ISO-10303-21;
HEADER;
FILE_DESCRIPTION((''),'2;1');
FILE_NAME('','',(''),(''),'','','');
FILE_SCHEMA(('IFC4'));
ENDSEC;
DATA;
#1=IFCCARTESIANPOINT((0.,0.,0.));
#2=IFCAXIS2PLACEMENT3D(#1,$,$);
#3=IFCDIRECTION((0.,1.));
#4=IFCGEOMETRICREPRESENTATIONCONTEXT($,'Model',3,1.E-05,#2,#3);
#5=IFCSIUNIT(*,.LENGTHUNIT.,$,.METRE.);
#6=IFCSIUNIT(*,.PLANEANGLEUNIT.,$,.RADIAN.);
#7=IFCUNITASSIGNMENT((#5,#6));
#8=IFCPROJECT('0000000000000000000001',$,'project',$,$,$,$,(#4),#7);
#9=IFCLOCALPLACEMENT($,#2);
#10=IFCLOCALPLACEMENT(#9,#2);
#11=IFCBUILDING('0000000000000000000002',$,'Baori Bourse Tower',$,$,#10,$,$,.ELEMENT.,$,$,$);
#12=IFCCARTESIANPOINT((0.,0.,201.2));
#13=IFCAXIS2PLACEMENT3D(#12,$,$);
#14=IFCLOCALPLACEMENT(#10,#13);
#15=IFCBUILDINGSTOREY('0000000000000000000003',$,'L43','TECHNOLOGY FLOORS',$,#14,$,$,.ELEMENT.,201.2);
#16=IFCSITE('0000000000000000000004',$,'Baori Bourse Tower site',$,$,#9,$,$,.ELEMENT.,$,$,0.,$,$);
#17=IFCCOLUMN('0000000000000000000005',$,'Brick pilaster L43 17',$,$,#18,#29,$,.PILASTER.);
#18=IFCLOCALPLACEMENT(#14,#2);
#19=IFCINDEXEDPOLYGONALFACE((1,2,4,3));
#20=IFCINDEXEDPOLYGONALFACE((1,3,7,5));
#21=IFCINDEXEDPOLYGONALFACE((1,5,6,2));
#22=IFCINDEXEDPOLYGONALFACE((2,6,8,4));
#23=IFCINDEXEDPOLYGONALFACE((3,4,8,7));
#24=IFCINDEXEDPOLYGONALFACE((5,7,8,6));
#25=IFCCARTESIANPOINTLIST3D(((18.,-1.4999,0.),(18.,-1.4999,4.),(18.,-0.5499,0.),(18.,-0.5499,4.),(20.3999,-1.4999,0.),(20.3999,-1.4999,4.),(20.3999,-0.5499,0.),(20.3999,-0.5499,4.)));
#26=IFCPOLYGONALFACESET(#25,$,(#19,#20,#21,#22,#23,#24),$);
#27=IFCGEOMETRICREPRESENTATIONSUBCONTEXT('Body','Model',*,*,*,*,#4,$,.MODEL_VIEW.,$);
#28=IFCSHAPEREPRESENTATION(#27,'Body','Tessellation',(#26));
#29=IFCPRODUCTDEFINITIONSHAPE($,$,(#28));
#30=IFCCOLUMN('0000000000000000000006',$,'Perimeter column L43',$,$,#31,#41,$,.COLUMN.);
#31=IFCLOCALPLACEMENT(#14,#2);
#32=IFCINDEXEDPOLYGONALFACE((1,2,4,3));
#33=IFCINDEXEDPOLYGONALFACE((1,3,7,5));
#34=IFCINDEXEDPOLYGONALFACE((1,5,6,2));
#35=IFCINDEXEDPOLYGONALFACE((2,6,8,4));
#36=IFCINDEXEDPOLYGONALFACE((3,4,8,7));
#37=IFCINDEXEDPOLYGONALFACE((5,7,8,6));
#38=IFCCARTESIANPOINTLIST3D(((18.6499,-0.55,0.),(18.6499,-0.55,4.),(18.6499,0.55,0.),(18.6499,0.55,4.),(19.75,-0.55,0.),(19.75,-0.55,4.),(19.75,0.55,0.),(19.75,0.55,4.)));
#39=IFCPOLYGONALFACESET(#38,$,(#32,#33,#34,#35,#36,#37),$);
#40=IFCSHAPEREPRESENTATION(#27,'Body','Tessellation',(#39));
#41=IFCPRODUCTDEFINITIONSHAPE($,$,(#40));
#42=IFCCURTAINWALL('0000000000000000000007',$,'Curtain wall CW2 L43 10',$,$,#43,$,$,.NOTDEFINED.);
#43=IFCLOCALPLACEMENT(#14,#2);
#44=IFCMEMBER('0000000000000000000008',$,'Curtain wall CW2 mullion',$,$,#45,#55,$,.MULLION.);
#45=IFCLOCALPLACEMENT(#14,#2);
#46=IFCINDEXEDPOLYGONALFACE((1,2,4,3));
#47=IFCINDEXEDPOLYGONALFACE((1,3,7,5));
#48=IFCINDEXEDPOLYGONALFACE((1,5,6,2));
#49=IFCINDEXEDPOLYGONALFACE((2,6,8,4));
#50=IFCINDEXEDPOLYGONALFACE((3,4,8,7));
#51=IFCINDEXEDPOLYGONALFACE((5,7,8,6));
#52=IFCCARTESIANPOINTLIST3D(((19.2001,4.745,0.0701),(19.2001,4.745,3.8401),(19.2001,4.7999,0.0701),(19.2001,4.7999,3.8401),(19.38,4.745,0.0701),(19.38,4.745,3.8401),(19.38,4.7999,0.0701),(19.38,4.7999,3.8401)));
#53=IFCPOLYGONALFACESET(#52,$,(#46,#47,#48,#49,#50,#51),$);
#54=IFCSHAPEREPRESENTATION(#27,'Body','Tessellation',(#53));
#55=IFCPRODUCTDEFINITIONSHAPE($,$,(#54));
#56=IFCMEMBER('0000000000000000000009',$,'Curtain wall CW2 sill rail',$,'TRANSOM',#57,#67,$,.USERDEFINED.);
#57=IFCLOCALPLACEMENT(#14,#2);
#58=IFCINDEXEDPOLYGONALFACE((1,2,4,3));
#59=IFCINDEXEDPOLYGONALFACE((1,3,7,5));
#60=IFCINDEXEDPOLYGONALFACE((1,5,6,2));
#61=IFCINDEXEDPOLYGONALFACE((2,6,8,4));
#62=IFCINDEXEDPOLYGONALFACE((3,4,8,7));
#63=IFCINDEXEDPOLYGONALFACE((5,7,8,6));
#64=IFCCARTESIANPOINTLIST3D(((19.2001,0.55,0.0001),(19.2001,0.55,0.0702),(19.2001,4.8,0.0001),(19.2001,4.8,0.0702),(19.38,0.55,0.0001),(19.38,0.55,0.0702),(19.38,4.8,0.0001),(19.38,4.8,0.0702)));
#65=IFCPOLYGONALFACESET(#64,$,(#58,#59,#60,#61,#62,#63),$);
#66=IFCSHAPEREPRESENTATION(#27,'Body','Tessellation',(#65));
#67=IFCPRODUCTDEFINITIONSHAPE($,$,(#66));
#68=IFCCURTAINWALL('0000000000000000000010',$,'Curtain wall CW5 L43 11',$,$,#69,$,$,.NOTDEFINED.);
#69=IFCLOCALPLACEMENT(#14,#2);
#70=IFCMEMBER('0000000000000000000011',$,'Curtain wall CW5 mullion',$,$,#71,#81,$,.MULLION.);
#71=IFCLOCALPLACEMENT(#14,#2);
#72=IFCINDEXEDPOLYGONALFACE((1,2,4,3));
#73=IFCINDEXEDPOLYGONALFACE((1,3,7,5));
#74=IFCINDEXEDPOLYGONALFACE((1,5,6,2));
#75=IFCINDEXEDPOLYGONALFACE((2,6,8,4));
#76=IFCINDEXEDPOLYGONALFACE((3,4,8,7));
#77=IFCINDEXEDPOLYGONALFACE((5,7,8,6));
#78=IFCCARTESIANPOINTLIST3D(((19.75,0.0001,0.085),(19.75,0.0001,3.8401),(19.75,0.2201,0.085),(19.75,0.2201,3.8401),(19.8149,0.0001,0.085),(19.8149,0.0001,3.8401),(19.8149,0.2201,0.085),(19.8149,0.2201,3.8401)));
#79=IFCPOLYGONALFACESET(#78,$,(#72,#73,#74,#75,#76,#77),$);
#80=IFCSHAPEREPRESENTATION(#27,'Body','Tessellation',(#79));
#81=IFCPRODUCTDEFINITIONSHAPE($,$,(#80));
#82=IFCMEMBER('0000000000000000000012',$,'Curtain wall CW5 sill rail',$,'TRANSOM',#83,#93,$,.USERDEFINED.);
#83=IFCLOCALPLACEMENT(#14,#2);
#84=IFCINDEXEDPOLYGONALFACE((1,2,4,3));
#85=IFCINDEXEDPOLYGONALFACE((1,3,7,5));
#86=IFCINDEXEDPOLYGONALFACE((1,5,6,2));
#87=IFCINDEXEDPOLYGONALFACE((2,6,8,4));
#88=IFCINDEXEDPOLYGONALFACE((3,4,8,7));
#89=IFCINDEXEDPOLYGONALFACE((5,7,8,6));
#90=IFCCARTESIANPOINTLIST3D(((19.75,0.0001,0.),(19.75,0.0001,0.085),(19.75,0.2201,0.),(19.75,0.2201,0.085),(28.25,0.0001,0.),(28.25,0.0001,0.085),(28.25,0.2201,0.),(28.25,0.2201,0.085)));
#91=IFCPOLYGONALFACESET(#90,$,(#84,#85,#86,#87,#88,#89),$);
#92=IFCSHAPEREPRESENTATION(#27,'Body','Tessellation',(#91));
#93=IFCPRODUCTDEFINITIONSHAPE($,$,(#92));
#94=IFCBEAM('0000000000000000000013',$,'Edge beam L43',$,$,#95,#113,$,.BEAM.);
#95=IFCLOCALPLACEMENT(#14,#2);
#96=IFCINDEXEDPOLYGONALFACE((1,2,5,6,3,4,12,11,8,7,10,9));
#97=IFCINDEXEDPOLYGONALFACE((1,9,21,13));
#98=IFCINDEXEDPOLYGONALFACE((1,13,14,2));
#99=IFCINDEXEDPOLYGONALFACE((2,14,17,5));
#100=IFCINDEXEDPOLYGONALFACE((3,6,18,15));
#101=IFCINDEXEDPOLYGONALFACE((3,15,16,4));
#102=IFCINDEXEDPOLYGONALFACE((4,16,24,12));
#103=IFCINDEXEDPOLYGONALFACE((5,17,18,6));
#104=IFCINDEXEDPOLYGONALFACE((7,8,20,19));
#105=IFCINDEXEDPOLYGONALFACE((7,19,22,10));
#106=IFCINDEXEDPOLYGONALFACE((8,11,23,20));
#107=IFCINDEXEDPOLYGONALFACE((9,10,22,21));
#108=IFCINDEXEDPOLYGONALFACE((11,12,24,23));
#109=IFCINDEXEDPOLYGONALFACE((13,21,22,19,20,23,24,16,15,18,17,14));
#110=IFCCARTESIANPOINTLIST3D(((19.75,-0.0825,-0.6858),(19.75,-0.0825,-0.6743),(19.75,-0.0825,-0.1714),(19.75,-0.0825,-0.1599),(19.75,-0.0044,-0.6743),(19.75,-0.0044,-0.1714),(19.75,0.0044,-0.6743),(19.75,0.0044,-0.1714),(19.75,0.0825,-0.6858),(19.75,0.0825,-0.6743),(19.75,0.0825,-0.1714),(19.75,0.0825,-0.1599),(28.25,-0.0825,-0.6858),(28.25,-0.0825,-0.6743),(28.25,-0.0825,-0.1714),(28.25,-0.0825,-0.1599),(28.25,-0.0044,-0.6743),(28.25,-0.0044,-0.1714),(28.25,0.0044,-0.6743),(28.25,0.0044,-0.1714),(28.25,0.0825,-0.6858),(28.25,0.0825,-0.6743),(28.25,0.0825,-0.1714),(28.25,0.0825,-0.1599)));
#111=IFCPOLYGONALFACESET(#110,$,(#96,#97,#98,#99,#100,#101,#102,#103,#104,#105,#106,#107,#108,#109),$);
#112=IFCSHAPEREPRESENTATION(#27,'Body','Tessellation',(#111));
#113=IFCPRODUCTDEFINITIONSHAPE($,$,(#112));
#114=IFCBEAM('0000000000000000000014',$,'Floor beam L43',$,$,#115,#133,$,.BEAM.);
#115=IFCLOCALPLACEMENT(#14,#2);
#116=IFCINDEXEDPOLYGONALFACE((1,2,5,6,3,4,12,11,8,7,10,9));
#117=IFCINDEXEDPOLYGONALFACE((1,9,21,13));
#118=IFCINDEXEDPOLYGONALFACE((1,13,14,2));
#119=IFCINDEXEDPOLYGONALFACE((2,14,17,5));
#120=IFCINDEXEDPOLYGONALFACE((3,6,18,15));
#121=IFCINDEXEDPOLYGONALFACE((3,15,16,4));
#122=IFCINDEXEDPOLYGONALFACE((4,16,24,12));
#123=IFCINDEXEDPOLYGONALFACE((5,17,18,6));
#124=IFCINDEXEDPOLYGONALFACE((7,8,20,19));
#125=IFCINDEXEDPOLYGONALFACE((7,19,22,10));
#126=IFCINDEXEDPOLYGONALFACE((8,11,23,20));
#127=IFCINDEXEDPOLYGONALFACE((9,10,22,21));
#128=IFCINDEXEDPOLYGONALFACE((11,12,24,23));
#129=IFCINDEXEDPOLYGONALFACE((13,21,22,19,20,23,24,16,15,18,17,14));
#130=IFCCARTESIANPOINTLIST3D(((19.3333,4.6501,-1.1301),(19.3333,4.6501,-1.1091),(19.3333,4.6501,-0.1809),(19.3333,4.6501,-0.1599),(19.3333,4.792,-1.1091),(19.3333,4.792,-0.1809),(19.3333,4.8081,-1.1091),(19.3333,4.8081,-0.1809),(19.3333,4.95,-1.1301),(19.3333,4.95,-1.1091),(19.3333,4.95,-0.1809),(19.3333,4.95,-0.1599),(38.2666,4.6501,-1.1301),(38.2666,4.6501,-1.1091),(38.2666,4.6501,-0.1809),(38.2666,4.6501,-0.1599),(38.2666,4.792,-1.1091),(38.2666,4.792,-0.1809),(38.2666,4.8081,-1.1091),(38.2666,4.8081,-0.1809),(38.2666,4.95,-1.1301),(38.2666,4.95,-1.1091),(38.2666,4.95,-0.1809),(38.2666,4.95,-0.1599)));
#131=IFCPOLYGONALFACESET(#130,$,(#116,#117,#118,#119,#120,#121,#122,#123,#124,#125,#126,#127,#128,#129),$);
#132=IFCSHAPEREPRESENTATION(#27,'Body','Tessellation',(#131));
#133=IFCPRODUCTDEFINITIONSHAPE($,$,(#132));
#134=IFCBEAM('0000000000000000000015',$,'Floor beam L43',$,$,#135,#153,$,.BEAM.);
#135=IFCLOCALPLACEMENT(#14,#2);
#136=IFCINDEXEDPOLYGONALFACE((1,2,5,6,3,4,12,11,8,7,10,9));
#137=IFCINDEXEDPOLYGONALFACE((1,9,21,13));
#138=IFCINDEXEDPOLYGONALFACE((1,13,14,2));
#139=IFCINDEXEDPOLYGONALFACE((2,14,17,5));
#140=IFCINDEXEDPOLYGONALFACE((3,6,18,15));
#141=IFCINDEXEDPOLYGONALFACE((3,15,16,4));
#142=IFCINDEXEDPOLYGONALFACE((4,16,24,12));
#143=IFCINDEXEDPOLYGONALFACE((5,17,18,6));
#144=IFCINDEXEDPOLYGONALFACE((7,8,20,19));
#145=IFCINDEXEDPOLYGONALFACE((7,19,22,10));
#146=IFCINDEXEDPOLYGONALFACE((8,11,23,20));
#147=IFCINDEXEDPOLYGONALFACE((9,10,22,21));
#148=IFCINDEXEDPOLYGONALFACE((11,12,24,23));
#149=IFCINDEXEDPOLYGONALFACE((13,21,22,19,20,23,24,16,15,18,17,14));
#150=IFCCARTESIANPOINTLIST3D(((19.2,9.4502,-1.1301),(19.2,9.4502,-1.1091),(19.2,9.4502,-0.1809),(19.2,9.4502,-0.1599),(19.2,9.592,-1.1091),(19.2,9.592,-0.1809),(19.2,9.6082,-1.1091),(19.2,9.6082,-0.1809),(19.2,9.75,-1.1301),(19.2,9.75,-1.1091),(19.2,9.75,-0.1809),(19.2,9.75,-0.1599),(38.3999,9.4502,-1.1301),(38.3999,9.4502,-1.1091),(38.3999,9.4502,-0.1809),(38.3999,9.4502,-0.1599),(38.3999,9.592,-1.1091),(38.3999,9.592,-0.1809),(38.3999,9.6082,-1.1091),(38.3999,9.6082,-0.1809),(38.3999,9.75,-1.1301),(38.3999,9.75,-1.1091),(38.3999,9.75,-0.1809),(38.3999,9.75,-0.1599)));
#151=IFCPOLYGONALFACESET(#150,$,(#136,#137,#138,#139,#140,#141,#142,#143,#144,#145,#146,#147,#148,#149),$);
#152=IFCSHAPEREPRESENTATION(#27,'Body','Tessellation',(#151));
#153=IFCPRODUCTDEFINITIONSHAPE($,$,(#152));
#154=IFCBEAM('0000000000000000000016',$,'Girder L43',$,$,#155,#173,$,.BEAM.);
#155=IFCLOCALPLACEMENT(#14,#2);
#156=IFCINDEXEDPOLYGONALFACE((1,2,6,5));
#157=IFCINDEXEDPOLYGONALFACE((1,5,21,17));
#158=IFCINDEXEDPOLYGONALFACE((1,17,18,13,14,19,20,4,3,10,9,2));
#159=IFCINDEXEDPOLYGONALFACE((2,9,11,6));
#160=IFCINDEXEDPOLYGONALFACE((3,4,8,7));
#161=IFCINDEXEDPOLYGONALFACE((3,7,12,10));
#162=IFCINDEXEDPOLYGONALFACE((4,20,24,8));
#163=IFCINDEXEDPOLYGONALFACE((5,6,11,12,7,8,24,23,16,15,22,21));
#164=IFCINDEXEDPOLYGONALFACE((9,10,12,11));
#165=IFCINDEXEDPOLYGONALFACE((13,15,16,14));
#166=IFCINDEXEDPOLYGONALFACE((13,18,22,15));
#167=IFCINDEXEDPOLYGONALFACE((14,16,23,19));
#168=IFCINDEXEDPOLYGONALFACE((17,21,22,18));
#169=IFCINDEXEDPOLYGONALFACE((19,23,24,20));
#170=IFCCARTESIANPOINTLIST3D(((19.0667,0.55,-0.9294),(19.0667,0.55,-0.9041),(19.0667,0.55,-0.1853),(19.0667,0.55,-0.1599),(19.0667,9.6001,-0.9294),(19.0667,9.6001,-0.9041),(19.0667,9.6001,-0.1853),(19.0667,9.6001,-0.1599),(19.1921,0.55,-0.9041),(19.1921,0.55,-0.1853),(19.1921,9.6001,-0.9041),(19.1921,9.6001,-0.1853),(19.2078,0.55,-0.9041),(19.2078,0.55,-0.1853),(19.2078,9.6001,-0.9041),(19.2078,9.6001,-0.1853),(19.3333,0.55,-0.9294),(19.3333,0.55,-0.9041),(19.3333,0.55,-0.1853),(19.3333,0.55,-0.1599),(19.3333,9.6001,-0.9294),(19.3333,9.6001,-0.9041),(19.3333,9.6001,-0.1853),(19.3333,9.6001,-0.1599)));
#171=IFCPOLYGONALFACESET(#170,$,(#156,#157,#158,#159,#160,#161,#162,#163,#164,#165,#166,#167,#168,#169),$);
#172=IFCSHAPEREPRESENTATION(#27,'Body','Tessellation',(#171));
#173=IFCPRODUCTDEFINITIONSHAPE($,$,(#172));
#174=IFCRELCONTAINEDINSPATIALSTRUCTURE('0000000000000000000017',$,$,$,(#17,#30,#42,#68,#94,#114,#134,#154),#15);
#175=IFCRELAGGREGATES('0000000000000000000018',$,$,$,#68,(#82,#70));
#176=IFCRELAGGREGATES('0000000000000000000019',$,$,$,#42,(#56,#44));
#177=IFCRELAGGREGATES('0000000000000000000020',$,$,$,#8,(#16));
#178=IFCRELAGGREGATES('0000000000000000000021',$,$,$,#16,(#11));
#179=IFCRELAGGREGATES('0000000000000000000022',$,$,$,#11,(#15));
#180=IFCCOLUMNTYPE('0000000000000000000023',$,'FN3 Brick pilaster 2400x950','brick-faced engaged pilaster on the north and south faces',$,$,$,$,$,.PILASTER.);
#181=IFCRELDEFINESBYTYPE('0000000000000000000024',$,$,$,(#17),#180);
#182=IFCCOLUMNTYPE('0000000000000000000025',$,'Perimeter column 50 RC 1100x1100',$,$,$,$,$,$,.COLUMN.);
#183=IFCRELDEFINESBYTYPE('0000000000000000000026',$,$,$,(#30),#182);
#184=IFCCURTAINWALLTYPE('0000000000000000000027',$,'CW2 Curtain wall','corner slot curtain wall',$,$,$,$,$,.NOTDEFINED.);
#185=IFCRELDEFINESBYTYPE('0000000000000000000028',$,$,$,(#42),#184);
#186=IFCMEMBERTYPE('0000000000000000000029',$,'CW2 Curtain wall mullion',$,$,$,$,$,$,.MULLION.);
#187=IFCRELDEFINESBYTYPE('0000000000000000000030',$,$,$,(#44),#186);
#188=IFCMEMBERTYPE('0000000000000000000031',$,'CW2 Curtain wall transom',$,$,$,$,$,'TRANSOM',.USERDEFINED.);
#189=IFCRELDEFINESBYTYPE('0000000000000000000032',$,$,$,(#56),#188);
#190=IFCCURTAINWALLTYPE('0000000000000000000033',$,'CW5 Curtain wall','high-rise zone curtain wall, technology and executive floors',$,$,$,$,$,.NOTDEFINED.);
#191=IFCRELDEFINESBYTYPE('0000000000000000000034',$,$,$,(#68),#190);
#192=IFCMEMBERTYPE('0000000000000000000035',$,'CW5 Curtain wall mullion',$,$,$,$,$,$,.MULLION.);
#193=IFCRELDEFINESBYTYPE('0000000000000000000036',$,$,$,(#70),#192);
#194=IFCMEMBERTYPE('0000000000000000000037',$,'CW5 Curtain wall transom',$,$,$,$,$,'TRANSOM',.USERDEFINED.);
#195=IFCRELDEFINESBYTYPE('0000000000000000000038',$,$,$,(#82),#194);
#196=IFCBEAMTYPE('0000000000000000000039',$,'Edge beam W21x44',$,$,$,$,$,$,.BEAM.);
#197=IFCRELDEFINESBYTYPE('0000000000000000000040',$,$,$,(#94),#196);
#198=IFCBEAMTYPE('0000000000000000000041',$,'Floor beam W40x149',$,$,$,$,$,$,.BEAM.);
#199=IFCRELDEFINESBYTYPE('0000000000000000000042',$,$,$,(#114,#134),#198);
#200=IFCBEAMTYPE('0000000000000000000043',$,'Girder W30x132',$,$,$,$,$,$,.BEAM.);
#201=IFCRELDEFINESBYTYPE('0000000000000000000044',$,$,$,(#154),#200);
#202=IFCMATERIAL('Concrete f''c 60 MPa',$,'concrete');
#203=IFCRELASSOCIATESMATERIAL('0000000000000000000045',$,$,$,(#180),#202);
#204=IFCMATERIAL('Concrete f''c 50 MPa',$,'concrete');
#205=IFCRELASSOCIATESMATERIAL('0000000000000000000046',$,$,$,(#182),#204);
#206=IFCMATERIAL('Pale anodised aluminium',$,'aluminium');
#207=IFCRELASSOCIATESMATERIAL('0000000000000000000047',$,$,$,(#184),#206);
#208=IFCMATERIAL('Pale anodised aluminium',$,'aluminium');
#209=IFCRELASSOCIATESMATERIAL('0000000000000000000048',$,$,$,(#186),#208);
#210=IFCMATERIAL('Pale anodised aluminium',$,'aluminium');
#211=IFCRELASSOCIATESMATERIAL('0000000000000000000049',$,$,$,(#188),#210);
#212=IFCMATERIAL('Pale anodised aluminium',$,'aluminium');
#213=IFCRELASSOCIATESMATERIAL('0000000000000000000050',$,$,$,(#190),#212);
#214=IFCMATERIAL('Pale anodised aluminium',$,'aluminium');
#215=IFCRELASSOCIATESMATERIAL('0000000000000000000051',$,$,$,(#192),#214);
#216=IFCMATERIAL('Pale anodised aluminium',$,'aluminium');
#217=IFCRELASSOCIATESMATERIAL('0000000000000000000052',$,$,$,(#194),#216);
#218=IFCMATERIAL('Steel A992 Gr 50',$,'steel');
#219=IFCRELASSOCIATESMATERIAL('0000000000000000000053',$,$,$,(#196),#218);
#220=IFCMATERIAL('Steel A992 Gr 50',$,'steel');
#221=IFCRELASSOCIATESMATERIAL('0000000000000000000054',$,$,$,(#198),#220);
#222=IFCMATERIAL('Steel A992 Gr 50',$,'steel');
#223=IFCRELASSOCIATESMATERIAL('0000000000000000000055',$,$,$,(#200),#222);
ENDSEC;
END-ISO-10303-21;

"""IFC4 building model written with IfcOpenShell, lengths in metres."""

from ifc_helpers import new_model, si_unit, direction, frame, origin, origin_2d, place, context, subcontext, project, spatial, rectangle, i_section, extrude, material, material_profile, profile_set, type_object, element, aggregate, save


model = new_model("IFC4")

# Units and contexts
model_context = context("Model", 3, precision=1e-05, world=origin(), true_north=direction((0.0, 1.0)))
body_context = subcontext(model_context, "Body", "Model", "MODEL_VIEW")
ifc_project = project(units=[si_unit("LENGTHUNIT", "METRE"), si_unit("PLANEANGLEUNIT", "RADIAN")], contexts=[model_context])

# Site, building, storey
site_placement = place(None, origin())
site = spatial("IfcSite", under=ifc_project, at=site_placement, Name="Baori Bourse Tower site", CompositionType="ELEMENT", RefElevation=0.0)
building_placement = place(site_placement, origin())
building = spatial("IfcBuilding", under=site, at=building_placement, Name="Baori Bourse Tower", CompositionType="ELEMENT")
storey_placement = place(building_placement, frame((0.0, 0.0, 201.2)))
storey = spatial("IfcBuildingStorey", under=building, at=storey_placement, Name="L43", Description="TECHNOLOGY FLOORS", CompositionType="ELEMENT", Elevation=201.2)

# Columns
ifc_material_1 = material(Name="Concrete f'c 60 MPa", Category="concrete")
ifc_material_profile_1 = material_profile(ifc_material_1, rectangle(XDim=2.3999, YDim=0.95, at=origin_2d()), Name="RC 2400x950")
ifc_profile_set_1 = profile_set([ifc_material_profile_1], Name="Concrete f'c 60 MPa")
column_type_1 = type_object("IfcColumnType", Name="FN3 Brick pilaster 2400x950", Description="brick-faced engaged pilaster on the north and south faces", PredefinedType="PILASTER", material=ifc_profile_set_1)
column_1_placement = place(storey_placement, frame((19.2, -1.0249, 0.0), z_axis=(0.0, 0.0, 1.0), x_axis=(1.0, 0.0, 0.0)))
element("IfcColumn", 1, at=column_1_placement, inside=storey, type_object=column_type_1, Name="Brick pilaster L43 17", PredefinedType="PILASTER", context=body_context, shape_type="SweptSolid", body=[
    extrude(rectangle(XDim=2.3999, YDim=0.95, at=origin_2d()), origin(), (0.0, 0.0, 1.0), 4.0),
])
ifc_material_2 = material(Name="Concrete f'c 50 MPa", Category="concrete")
ifc_material_profile_2 = material_profile(ifc_material_2, rectangle(XDim=1.1001, YDim=1.1001, at=origin_2d()), Name="RC 1100x1100")
ifc_profile_set_2 = profile_set([ifc_material_profile_2], Name="Concrete f'c 50 MPa")
column_type_2 = type_object("IfcColumnType", Name="Perimeter column 50 RC 1100x1100", PredefinedType="COLUMN", material=ifc_profile_set_2)
column_2_placement = place(storey_placement, frame((19.2, 0.0, 0.0), z_axis=(0.0, 0.0, 1.0), x_axis=(1.0, 0.0, 0.0)))
element("IfcColumn", 2, at=column_2_placement, inside=storey, type_object=column_type_2, Name="Perimeter column L43", PredefinedType="COLUMN", context=body_context, shape_type="SweptSolid", body=[
    extrude(rectangle(XDim=1.1001, YDim=1.1001, at=origin_2d()), origin(), (0.0, 0.0, 1.0), 4.0),
])

# Curtain walls, members
ifc_material_3 = material(Name="Pale anodised aluminium", Category="aluminium")
curtain_wall_type_1 = type_object("IfcCurtainWallType", Name="CW2 Curtain wall", Description="corner slot curtain wall", PredefinedType="NOTDEFINED", material=ifc_material_3)
curtain_wall_1_placement = place(storey_placement, origin())
curtain_wall_1 = element("IfcCurtainWall", 3, at=curtain_wall_1_placement, inside=storey, type_object=curtain_wall_type_1, Name="Curtain wall CW2 L43 10", PredefinedType="NOTDEFINED")
ifc_material_4 = material(Name="Pale anodised aluminium", Category="aluminium")
ifc_material_profile_3 = material_profile(ifc_material_4, rectangle(XDim=0.1799, YDim=0.0549, at=origin_2d()), Name="Mullion 55x180")
ifc_profile_set_3 = profile_set([ifc_material_profile_3], Name="Pale anodised aluminium")
member_type_1 = type_object("IfcMemberType", Name="CW2 Curtain wall mullion", PredefinedType="MULLION", material=ifc_profile_set_3)
member_1_placement = place(storey_placement, frame((19.29, 4.7725, 0.0701), z_axis=(0.0, 0.0, 1.0), x_axis=(1.0, 0.0, 0.0)))
member_1 = element("IfcMember", 4, at=member_1_placement, type_object=member_type_1, Name="Curtain wall CW2 mullion", PredefinedType="MULLION", context=body_context, shape_type="SweptSolid", body=[
    extrude(rectangle(XDim=0.1799, YDim=0.0549, at=origin_2d()), origin(), (0.0, 0.0, 1.0), 3.77),
])
ifc_material_5 = material(Name="Pale anodised aluminium", Category="aluminium")
ifc_material_profile_4 = material_profile(ifc_material_5, rectangle(XDim=0.1799, YDim=0.0701, at=origin_2d()), Name="Transom 70x180")
ifc_profile_set_4 = profile_set([ifc_material_profile_4], Name="Pale anodised aluminium")
member_type_2 = type_object("IfcMemberType", Name="CW2 Curtain wall transom", ElementType="TRANSOM", PredefinedType="USERDEFINED", material=ifc_profile_set_4)
member_2_placement = place(storey_placement, frame((19.29, 4.8, 0.0352), z_axis=(0.0, -1.0, 0.0), x_axis=(1.0, 0.0, 0.0)))
member_2 = element("IfcMember", 5, at=member_2_placement, type_object=member_type_2, Name="Curtain wall CW2 sill rail", ObjectType="TRANSOM", PredefinedType="USERDEFINED", context=body_context, shape_type="SweptSolid", body=[
    extrude(rectangle(XDim=0.1799, YDim=0.0701, at=origin_2d()), origin(), (0.0, 0.0, 1.0), 4.25),
])
ifc_material_6 = material(Name="Pale anodised aluminium", Category="aluminium")
curtain_wall_type_2 = type_object("IfcCurtainWallType", Name="CW5 Curtain wall", Description="high-rise zone curtain wall, technology and executive floors", PredefinedType="NOTDEFINED", material=ifc_material_6)
curtain_wall_2_placement = place(storey_placement, origin())
curtain_wall_2 = element("IfcCurtainWall", 6, at=curtain_wall_2_placement, inside=storey, type_object=curtain_wall_type_2, Name="Curtain wall CW5 L43 11", PredefinedType="NOTDEFINED")
ifc_material_7 = material(Name="Pale anodised aluminium", Category="aluminium")
ifc_material_profile_5 = material_profile(ifc_material_7, rectangle(XDim=0.22, YDim=0.0649, at=origin_2d()), Name="Mullion 65x220")
ifc_profile_set_5 = profile_set([ifc_material_profile_5], Name="Pale anodised aluminium")
member_type_3 = type_object("IfcMemberType", Name="CW5 Curtain wall mullion", PredefinedType="MULLION", material=ifc_profile_set_5)
member_3_placement = place(storey_placement, frame((19.7825, 0.1101, 0.085), z_axis=(0.0, 0.0, 1.0), x_axis=(0.0, 1.0, 0.0)))
member_3 = element("IfcMember", 7, at=member_3_placement, type_object=member_type_3, Name="Curtain wall CW5 mullion", PredefinedType="MULLION", context=body_context, shape_type="SweptSolid", body=[
    extrude(rectangle(XDim=0.22, YDim=0.0649, at=origin_2d()), origin(), (0.0, 0.0, 1.0), 3.7551),
])
ifc_material_8 = material(Name="Pale anodised aluminium", Category="aluminium")
ifc_material_profile_6 = material_profile(ifc_material_8, rectangle(XDim=0.22, YDim=0.085, at=origin_2d()), Name="Transom 85x220")
ifc_profile_set_6 = profile_set([ifc_material_profile_6], Name="Pale anodised aluminium")
member_type_4 = type_object("IfcMemberType", Name="CW5 Curtain wall transom", ElementType="TRANSOM", PredefinedType="USERDEFINED", material=ifc_profile_set_6)
member_4_placement = place(storey_placement, frame((19.75, 0.1101, 0.0425), z_axis=(1.0, 0.0, 0.0), x_axis=(0.0, 1.0, 0.0)))
member_4 = element("IfcMember", 8, at=member_4_placement, type_object=member_type_4, Name="Curtain wall CW5 sill rail", ObjectType="TRANSOM", PredefinedType="USERDEFINED", context=body_context, shape_type="SweptSolid", body=[
    extrude(rectangle(XDim=0.22, YDim=0.085, at=origin_2d()), origin(), (0.0, 0.0, 1.0), 8.5),
])
aggregate(curtain_wall_2, [member_4, member_3])

# Beams
ifc_material_9 = material(Name="Steel A992 Gr 50", Category="steel")
ifc_material_profile_7 = material_profile(ifc_material_9, i_section(OverallWidth=0.165, OverallDepth=0.5259, WebThickness=0.0088, FlangeThickness=0.0115, at=origin_2d()), Name="W21x44")
ifc_profile_set_7 = profile_set([ifc_material_profile_7], Name="Steel A992 Gr 50")
beam_type_1 = type_object("IfcBeamType", Name="Edge beam W21x44", PredefinedType="BEAM", material=ifc_profile_set_7)
beam_1_placement = place(storey_placement, frame((19.75, 0.0, -0.4229), z_axis=(1.0, 0.0, 0.0), x_axis=(0.0, 1.0, 0.0)))
element("IfcBeam", 9, at=beam_1_placement, inside=storey, type_object=beam_type_1, Name="Edge beam L43", PredefinedType="BEAM", context=body_context, shape_type="SweptSolid", body=[
    extrude(i_section(OverallWidth=0.165, OverallDepth=0.5259, WebThickness=0.0088, FlangeThickness=0.0115, at=origin_2d()), origin(), (0.0, 0.0, 1.0), 8.5),
])
ifc_material_10 = material(Name="Steel A992 Gr 50", Category="steel")
ifc_material_profile_8 = material_profile(ifc_material_10, i_section(OverallWidth=0.2998, OverallDepth=0.9702, WebThickness=0.0161, FlangeThickness=0.021, at=origin_2d()), Name="W40x149")
ifc_profile_set_8 = profile_set([ifc_material_profile_8], Name="Steel A992 Gr 50")
beam_type_2 = type_object("IfcBeamType", Name="Floor beam W40x149", PredefinedType="BEAM", material=ifc_profile_set_8)
beam_2_placement = place(storey_placement, frame((19.3333, 4.8, -0.645), z_axis=(1.0, 0.0, 0.0), x_axis=(0.0, 1.0, 0.0)))
element("IfcBeam", 10, at=beam_2_placement, inside=storey, type_object=beam_type_2, Name="Floor beam L43", PredefinedType="BEAM", context=body_context, shape_type="SweptSolid", body=[
    extrude(i_section(OverallWidth=0.2998, OverallDepth=0.9702, WebThickness=0.0161, FlangeThickness=0.021, at=origin_2d()), origin(), (0.0, 0.0, 1.0), 18.9333),
])
beam_3_placement = place(storey_placement, frame((19.2, 9.6001, -0.645), z_axis=(1.0, 0.0, 0.0), x_axis=(0.0, 1.0, 0.0)))
element("IfcBeam", 11, at=beam_3_placement, inside=storey, type_object=beam_type_2, Name="Floor beam L43", PredefinedType="BEAM", context=body_context, shape_type="SweptSolid", body=[
    extrude(i_section(OverallWidth=0.2998, OverallDepth=0.9702, WebThickness=0.0161, FlangeThickness=0.021, at=origin_2d()), origin(), (0.0, 0.0, 1.0), 19.2),
])
ifc_material_11 = material(Name="Steel A992 Gr 50", Category="steel")
ifc_material_profile_9 = material_profile(ifc_material_11, i_section(OverallWidth=0.2666, OverallDepth=0.7695, WebThickness=0.0156, FlangeThickness=0.0254, at=origin_2d()), Name="W30x132")
ifc_profile_set_9 = profile_set([ifc_material_profile_9], Name="Steel A992 Gr 50")
beam_type_3 = type_object("IfcBeamType", Name="Girder W30x132", PredefinedType="BEAM", material=ifc_profile_set_9)
beam_4_placement = place(storey_placement, frame((19.2, 0.55, -0.5447), z_axis=(0.0, 1.0, 0.0), x_axis=(-1.0, 0.0, 0.0)))
element("IfcBeam", 12, at=beam_4_placement, inside=storey, type_object=beam_type_3, Name="Girder L43", PredefinedType="BEAM", context=body_context, shape_type="SweptSolid", body=[
    extrude(i_section(OverallWidth=0.2666, OverallDepth=0.7695, WebThickness=0.0156, FlangeThickness=0.0254, at=origin_2d()), origin(), (0.0, 0.0, 1.0), 9.05),
])

aggregate(curtain_wall_1, [member_2, member_1])

save(model, "model.ifc")
